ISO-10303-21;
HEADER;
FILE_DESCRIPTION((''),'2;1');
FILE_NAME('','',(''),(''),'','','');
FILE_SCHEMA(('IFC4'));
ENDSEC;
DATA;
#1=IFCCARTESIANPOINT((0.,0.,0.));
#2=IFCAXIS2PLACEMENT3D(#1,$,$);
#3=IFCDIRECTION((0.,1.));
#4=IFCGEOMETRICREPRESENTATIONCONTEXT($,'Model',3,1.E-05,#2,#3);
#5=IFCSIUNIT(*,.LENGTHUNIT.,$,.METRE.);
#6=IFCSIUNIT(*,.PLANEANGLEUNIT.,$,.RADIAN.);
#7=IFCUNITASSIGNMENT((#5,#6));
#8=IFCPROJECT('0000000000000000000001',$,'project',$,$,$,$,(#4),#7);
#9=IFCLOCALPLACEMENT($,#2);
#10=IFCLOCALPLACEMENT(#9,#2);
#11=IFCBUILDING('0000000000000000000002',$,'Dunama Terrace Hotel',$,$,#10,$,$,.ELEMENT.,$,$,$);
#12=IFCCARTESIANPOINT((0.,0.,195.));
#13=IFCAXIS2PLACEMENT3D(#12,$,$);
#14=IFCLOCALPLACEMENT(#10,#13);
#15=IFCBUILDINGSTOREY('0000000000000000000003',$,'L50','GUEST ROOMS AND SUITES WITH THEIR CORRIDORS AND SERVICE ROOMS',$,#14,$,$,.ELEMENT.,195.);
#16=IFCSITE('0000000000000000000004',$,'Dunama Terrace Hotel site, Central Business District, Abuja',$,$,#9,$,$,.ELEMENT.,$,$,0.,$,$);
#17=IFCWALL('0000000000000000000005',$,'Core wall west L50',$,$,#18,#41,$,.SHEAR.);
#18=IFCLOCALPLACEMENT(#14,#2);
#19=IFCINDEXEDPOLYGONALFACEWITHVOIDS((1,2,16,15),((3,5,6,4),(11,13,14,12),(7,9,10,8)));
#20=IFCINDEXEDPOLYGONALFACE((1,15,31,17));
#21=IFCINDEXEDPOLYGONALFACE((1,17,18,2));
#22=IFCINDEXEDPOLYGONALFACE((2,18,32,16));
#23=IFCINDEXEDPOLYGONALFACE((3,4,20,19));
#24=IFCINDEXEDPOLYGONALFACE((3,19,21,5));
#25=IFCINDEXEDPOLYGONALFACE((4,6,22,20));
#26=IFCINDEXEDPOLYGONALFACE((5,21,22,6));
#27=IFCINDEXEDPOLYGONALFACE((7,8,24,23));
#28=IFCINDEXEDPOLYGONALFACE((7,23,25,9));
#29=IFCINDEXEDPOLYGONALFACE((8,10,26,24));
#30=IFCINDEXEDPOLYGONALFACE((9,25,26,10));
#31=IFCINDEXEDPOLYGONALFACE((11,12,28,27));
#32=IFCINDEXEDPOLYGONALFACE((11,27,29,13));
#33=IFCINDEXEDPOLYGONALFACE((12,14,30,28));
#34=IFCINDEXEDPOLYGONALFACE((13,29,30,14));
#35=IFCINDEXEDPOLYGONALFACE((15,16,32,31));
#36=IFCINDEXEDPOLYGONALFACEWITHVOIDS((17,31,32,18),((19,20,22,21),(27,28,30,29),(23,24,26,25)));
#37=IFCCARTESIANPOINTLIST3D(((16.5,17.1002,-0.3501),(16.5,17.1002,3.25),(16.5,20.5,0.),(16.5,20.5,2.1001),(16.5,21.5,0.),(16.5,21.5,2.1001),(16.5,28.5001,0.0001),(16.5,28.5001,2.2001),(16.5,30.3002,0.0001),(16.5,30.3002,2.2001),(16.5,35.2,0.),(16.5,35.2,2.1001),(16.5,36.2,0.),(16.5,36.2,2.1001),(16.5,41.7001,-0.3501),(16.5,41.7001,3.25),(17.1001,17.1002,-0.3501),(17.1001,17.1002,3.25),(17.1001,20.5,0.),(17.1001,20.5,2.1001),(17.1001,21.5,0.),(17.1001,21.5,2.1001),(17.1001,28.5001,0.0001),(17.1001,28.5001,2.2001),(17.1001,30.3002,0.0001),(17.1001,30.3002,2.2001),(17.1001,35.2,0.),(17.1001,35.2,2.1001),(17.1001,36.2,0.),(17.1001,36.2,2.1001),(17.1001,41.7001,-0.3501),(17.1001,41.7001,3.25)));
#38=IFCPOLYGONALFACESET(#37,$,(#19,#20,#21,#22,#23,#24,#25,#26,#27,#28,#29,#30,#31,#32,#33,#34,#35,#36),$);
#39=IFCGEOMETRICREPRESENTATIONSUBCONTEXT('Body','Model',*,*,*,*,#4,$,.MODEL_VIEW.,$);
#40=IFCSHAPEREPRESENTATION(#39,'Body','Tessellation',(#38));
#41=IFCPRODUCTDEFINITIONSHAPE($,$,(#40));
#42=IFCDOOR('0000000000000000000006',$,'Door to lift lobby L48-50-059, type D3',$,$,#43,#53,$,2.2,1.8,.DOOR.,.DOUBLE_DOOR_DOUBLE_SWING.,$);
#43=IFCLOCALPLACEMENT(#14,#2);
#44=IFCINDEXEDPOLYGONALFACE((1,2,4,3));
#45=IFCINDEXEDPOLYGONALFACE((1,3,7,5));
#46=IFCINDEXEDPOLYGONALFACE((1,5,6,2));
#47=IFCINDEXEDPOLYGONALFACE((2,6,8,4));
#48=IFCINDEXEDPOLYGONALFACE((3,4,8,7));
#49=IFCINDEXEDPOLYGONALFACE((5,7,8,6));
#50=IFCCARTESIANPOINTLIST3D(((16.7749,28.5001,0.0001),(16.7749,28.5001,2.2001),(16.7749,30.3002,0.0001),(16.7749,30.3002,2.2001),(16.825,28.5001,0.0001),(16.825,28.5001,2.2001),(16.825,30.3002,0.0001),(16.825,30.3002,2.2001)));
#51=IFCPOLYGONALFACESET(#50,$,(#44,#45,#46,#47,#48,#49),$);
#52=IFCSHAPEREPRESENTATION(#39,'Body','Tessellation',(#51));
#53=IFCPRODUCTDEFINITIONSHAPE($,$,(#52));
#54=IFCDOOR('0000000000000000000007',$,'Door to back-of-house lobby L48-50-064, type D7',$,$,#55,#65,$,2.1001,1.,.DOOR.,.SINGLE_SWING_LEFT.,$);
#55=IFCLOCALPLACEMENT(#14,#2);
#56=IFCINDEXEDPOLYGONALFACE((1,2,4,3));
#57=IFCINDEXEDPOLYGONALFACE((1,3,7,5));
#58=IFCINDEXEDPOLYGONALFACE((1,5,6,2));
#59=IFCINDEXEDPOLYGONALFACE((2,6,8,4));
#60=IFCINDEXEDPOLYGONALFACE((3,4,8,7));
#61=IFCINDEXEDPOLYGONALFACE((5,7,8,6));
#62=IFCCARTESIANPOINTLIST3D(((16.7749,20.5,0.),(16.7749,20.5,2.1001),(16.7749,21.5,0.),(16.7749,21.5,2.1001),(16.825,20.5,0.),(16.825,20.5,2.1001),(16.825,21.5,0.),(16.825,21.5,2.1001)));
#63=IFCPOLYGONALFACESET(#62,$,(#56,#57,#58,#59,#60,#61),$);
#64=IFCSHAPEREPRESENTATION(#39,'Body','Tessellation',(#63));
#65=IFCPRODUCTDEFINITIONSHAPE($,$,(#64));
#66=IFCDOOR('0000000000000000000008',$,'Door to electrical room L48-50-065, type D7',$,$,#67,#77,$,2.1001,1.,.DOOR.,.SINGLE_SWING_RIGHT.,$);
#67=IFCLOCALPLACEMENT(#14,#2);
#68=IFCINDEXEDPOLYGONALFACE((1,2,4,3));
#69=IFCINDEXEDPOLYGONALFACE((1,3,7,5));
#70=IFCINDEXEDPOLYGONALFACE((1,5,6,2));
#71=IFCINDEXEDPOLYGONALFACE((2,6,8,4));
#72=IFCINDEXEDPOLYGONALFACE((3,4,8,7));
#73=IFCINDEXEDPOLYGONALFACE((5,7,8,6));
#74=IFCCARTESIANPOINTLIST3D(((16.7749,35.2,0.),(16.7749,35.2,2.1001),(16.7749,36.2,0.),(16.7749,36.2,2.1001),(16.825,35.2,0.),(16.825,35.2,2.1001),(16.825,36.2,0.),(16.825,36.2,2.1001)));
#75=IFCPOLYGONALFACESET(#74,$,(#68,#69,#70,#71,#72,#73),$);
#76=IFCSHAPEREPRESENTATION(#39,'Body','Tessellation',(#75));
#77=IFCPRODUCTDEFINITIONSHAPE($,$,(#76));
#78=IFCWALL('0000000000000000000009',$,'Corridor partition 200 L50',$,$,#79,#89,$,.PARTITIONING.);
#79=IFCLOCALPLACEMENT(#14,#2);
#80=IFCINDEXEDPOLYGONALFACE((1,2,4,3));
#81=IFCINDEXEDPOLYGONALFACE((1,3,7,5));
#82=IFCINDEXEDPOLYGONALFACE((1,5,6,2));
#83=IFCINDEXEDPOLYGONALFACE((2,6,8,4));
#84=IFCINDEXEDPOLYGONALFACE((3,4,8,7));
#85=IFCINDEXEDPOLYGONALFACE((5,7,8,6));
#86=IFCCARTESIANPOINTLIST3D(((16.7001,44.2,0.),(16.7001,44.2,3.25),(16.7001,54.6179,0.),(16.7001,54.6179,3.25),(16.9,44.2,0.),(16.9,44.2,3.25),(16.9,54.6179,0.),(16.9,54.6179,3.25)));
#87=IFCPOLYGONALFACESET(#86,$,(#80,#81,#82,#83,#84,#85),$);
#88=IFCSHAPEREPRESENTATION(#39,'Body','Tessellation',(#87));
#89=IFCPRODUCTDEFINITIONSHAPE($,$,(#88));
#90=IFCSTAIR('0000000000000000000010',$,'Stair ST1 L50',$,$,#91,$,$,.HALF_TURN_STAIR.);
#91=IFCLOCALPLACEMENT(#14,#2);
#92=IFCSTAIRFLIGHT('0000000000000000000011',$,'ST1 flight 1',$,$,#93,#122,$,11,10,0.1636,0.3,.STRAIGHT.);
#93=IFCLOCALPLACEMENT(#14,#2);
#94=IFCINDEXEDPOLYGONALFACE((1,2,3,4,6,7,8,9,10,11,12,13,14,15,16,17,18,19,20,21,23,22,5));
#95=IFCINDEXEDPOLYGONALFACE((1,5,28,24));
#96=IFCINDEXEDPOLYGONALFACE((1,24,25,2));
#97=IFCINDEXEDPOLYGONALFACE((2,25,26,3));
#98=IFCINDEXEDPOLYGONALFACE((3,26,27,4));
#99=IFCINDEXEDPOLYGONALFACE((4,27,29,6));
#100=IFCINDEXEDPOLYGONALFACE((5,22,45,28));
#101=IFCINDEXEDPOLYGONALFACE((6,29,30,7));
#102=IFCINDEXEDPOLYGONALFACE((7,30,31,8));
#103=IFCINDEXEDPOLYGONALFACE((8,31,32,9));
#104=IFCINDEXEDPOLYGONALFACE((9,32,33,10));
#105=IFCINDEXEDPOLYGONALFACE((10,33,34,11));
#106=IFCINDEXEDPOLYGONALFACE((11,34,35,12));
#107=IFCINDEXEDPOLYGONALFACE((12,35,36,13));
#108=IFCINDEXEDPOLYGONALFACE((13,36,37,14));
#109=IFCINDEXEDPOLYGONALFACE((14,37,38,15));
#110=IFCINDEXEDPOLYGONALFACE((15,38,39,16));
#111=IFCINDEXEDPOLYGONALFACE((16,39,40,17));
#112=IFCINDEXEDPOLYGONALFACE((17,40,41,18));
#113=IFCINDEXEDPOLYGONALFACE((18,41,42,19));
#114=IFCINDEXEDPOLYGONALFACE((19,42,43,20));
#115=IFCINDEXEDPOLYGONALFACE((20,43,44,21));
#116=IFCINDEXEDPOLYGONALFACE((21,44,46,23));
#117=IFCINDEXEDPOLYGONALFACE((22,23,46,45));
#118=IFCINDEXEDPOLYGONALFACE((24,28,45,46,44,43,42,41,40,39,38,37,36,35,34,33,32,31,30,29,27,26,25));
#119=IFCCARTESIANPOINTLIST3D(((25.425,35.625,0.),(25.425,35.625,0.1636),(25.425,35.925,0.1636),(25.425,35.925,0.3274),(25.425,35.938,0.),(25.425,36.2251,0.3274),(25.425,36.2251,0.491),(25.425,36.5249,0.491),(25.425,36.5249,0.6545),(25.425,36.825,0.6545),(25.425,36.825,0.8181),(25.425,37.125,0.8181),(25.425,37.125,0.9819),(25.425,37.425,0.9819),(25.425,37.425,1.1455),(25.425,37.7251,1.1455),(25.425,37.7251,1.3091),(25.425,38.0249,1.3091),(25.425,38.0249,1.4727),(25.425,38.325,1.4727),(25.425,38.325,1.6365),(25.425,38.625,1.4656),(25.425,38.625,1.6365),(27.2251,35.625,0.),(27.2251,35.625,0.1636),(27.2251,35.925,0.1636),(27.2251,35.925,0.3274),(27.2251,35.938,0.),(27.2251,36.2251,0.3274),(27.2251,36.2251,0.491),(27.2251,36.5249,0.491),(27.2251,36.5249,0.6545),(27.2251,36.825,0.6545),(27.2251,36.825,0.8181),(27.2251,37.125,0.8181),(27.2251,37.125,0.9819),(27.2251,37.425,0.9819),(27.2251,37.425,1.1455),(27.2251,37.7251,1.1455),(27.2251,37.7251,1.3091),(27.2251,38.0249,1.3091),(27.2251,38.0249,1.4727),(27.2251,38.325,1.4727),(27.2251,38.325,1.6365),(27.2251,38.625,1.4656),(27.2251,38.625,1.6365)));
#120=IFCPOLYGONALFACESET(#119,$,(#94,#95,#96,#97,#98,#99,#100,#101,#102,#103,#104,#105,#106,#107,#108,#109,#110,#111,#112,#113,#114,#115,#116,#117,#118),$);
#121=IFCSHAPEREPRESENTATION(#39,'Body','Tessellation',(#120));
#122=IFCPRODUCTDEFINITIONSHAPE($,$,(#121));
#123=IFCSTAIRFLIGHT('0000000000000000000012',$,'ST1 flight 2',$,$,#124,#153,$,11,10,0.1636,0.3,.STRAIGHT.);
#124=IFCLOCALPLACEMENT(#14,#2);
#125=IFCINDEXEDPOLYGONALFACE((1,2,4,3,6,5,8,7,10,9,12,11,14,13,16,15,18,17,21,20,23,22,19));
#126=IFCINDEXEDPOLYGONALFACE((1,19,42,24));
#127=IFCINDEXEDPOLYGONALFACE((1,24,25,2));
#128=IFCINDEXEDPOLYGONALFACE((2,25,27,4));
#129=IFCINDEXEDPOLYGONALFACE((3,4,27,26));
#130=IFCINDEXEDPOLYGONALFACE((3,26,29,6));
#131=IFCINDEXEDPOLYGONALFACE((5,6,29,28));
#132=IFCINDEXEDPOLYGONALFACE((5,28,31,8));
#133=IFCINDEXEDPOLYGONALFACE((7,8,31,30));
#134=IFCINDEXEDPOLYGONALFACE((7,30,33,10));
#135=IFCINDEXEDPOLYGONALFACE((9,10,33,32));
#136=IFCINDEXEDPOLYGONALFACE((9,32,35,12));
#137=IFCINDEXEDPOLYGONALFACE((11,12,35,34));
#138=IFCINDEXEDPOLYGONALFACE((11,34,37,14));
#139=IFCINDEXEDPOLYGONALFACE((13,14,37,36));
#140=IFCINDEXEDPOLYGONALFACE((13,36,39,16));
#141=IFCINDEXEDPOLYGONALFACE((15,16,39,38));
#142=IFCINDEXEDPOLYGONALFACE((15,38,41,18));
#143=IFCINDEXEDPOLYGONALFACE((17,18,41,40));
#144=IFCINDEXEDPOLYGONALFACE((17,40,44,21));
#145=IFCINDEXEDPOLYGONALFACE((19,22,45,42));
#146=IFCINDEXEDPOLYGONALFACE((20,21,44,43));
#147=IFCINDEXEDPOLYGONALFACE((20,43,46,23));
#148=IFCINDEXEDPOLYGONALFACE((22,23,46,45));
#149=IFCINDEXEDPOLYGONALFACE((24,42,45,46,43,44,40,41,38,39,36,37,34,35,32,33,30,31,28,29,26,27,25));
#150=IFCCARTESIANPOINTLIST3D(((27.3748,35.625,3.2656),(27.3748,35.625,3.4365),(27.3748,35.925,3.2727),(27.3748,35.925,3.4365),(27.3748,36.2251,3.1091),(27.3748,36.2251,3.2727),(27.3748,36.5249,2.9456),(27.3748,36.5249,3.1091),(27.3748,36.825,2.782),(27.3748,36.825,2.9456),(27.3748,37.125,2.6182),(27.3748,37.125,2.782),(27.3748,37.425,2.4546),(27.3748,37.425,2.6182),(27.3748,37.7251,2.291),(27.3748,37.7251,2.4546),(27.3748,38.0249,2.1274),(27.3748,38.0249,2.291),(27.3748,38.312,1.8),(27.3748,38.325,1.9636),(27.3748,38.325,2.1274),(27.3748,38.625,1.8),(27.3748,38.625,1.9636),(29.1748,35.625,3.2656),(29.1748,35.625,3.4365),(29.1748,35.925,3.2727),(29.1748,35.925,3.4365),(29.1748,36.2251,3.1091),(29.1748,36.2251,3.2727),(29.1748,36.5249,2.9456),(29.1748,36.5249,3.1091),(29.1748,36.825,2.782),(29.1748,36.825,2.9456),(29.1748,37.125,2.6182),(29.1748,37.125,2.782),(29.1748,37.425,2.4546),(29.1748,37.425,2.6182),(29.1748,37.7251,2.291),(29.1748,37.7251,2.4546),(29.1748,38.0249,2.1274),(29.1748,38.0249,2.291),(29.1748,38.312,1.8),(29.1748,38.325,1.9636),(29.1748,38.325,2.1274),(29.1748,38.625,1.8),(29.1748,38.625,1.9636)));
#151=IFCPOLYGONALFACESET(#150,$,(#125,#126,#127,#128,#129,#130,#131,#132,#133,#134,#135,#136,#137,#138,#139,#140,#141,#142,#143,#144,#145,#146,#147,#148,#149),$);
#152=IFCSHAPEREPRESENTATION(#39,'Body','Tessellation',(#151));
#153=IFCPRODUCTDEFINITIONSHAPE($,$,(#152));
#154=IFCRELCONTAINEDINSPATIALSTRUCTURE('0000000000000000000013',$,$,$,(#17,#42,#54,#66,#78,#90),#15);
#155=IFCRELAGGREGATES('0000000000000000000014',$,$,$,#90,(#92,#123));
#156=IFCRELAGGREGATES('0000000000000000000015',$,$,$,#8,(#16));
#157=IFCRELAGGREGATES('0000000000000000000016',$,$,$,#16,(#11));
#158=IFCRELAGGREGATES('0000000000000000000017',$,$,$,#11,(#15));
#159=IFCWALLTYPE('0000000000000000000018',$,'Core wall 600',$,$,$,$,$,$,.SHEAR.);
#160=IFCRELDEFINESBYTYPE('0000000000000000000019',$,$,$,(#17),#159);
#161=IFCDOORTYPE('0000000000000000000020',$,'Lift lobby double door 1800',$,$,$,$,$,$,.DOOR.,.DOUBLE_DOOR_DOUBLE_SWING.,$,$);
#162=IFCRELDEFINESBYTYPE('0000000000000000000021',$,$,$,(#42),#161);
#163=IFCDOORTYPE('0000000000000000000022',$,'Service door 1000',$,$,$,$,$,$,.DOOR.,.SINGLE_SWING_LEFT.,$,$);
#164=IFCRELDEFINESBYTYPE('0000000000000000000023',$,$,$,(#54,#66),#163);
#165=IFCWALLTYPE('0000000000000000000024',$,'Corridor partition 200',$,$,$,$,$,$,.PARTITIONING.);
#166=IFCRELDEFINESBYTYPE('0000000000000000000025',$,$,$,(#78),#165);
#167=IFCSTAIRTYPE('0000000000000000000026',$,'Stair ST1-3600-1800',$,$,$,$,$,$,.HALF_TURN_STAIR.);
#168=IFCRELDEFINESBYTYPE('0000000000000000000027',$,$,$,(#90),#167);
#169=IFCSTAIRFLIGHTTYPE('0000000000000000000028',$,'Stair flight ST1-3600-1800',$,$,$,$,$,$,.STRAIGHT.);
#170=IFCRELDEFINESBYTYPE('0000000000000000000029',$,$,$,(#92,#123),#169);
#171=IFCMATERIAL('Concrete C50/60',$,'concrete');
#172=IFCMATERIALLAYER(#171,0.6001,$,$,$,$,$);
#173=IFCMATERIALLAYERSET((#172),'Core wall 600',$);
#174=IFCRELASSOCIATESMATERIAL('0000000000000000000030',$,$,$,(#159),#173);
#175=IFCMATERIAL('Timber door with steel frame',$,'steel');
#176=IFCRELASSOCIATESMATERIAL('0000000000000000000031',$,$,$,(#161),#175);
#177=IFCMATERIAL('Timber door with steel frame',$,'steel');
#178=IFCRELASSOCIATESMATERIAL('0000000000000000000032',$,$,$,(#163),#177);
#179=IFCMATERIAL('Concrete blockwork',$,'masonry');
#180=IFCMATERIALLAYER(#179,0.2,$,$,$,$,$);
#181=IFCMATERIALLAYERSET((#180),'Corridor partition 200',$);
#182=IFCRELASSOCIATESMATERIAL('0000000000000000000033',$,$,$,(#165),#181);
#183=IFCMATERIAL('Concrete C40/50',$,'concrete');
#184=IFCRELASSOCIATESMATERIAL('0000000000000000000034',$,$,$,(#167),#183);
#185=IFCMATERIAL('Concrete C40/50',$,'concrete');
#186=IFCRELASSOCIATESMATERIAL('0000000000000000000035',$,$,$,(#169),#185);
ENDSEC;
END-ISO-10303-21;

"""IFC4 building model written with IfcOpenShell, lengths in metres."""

from ifc_helpers import new_model, si_unit, direction, frame, frame_2d, origin, place, context, subcontext, project, spatial, polyline, rectangle, outline, extrude, material, layer, layer_set, type_object, element, fill, aggregate, save


model = new_model("IFC4")

# Units and contexts
model_context = context("Model", 3, precision=1e-05, world=origin(), true_north=direction((0.0, 1.0)))
body_context = subcontext(model_context, "Body", "Model", "MODEL_VIEW")
ifc_project = project(units=[si_unit("LENGTHUNIT", "METRE"), si_unit("PLANEANGLEUNIT", "RADIAN")], contexts=[model_context])

# Site, building, storey
site_placement = place(None, origin())
site = spatial("IfcSite", under=ifc_project, at=site_placement, Name="Dunama Terrace Hotel site, Central Business District, Abuja", CompositionType="ELEMENT", RefElevation=0.0)
building_placement = place(site_placement, origin())
building = spatial("IfcBuilding", under=site, at=building_placement, Name="Dunama Terrace Hotel", CompositionType="ELEMENT")
storey_placement = place(building_placement, frame((0.0, 0.0, 195.0)))
storey = spatial("IfcBuildingStorey", under=building, at=storey_placement, Name="L50", Description="GUEST ROOMS AND SUITES WITH THEIR CORRIDORS AND SERVICE ROOMS", CompositionType="ELEMENT", Elevation=195.0)

# Wall, openings, doors
ifc_material_1 = material(Name="Concrete C50/60", Category="concrete")
ifc_layer_1 = layer(ifc_material_1, 0.6001)
ifc_layer_set_1 = layer_set([ifc_layer_1], Name="Core wall 600")
wall_type_1 = type_object("IfcWallType", Name="Core wall 600", PredefinedType="SHEAR", material=ifc_layer_set_1)
wall_1_placement = place(storey_placement, frame((16.8, 41.7, -0.3501), z_axis=(0.0, 0.0, 1.0), x_axis=(0.0, -1.0, 0.0)))
wall_1 = element("IfcWall", 1, at=wall_1_placement, inside=storey, type_object=wall_type_1, Name="Core wall west L50", PredefinedType="SHEAR", context=body_context, shape_type="SweptSolid", body=[
    extrude(rectangle(XDim=24.5999, YDim=0.6001, at=frame_2d((12.2998, 0.0))), origin(), (0.0, 0.0, 1.0), 3.6001),
])
opening_1_placement = place(wall_1_placement, frame((11.3999, 0.0, 0.3501)))
opening_1 = element("IfcOpeningElement", 2, at=opening_1_placement, cuts=wall_1, PredefinedType="OPENING", context=body_context, shape_type="SweptSolid", body=[
    extrude(rectangle(XDim=1.8, YDim=2.2, at=frame_2d((0.8999, 1.1001))), frame((0.0, 0.3101, 0.0), z_axis=(0.0, -1.0, 0.0), x_axis=(1.0, 0.0, 0.0)), (0.0, 0.0, 1.0), 0.6201),
])
opening_2_placement = place(wall_1_placement, frame((20.2, 0.0, 0.3501)))
opening_2 = element("IfcOpeningElement", 3, at=opening_2_placement, cuts=wall_1, PredefinedType="OPENING", context=body_context, shape_type="SweptSolid", body=[
    extrude(rectangle(XDim=1.0, YDim=2.1001, at=frame_2d((0.5, 1.05))), frame((0.0, 0.3101, 0.0), z_axis=(0.0, -1.0, 0.0), x_axis=(1.0, 0.0, 0.0)), (0.0, 0.0, 1.0), 0.6201),
])
opening_3_placement = place(wall_1_placement, frame((5.5, 0.0, 0.3501)))
opening_3 = element("IfcOpeningElement", 4, at=opening_3_placement, cuts=wall_1, PredefinedType="OPENING", context=body_context, shape_type="SweptSolid", body=[
    extrude(rectangle(XDim=1.0, YDim=2.1001, at=frame_2d((0.5, 1.05))), frame((0.0, 0.3101, 0.0), z_axis=(0.0, -1.0, 0.0), x_axis=(1.0, 0.0, 0.0)), (0.0, 0.0, 1.0), 0.6201),
])
ifc_material_2 = material(Name="Timber door with steel frame", Category="steel")
door_type_1 = type_object("IfcDoorType", Name="Lift lobby double door 1800", OperationType="DOUBLE_DOOR_DOUBLE_SWING", PredefinedType="DOOR", material=ifc_material_2)
door_1_placement = place(opening_1_placement, origin())
door_1 = element("IfcDoor", 5, at=door_1_placement, inside=storey, type_object=door_type_1, Name="Door to lift lobby L48-50-059, type D3", OperationType="DOUBLE_DOOR_DOUBLE_SWING", OverallHeight=2.2, OverallWidth=1.8, PredefinedType="DOOR", context=body_context, shape_type="SweptSolid", body=[
    extrude(rectangle(XDim=1.8, YDim=2.2, at=frame_2d((0.8999, 1.1001))), frame((0.0, 0.0249, 0.0), z_axis=(0.0, -1.0, 0.0), x_axis=(1.0, 0.0, 0.0)), (0.0, 0.0, 1.0), 0.05),
])
fill(opening_1, door_1)
ifc_material_3 = material(Name="Timber door with steel frame", Category="steel")
door_type_2 = type_object("IfcDoorType", Name="Service door 1000", OperationType="SINGLE_SWING_LEFT", PredefinedType="DOOR", material=ifc_material_3)
door_2_placement = place(opening_2_placement, origin())
door_2 = element("IfcDoor", 6, at=door_2_placement, inside=storey, type_object=door_type_2, Name="Door to back-of-house lobby L48-50-064, type D7", OperationType="SINGLE_SWING_LEFT", OverallHeight=2.1001, OverallWidth=1.0, PredefinedType="DOOR", context=body_context, shape_type="SweptSolid", body=[
    extrude(rectangle(XDim=1.0, YDim=2.1001, at=frame_2d((0.5, 1.05))), frame((0.0, 0.0249, 0.0), z_axis=(0.0, -1.0, 0.0), x_axis=(1.0, 0.0, 0.0)), (0.0, 0.0, 1.0), 0.05),
])
fill(opening_2, door_2)
door_3_placement = place(opening_3_placement, origin())
door_3 = element("IfcDoor", 7, at=door_3_placement, inside=storey, type_object=door_type_2, Name="Door to electrical room L48-50-065, type D7", OperationType="SINGLE_SWING_RIGHT", OverallHeight=2.1001, OverallWidth=1.0, PredefinedType="DOOR", context=body_context, shape_type="SweptSolid", body=[
    extrude(rectangle(XDim=1.0, YDim=2.1001, at=frame_2d((0.5, 1.05))), frame((0.0, 0.0249, 0.0), z_axis=(0.0, -1.0, 0.0), x_axis=(1.0, 0.0, 0.0)), (0.0, 0.0, 1.0), 0.05),
])
fill(opening_3, door_3)

# Wall
ifc_material_4 = material(Name="Concrete blockwork", Category="masonry")
ifc_layer_2 = layer(ifc_material_4, 0.2)
ifc_layer_set_2 = layer_set([ifc_layer_2], Name="Corridor partition 200")
wall_type_2 = type_object("IfcWallType", Name="Corridor partition 200", PredefinedType="PARTITIONING", material=ifc_layer_set_2)
wall_2_placement = place(storey_placement, frame((16.8, 44.2, 0.0), z_axis=(0.0, 0.0, 1.0), x_axis=(0.0, 1.0, 0.0)))
element("IfcWall", 8, at=wall_2_placement, inside=storey, type_object=wall_type_2, Name="Corridor partition 200 L50", PredefinedType="PARTITIONING", context=body_context, shape_type="SweptSolid", body=[
    extrude(rectangle(XDim=10.418, YDim=0.2, at=frame_2d((5.209, 0.0))), origin(), (0.0, 0.0, 1.0), 3.25),
])

# Stair, stair flights
ifc_material_5 = material(Name="Concrete C40/50", Category="concrete")
stair_type = type_object("IfcStairType", Name="Stair ST1-3600-1800", PredefinedType="HALF_TURN_STAIR", material=ifc_material_5)
stair_placement = place(storey_placement, origin())
stair = element("IfcStair", 9, at=stair_placement, inside=storey, type_object=stair_type, Name="Stair ST1 L50", PredefinedType="HALF_TURN_STAIR")
ifc_material_6 = material(Name="Concrete C40/50", Category="concrete")
stair_flight_type = type_object("IfcStairFlightType", Name="Stair flight ST1-3600-1800", PredefinedType="STRAIGHT", material=ifc_material_6)
stair_flight_1_placement = place(storey_placement, frame((26.325, 35.625, 0.0), z_axis=(0.0, 0.0, 1.0), x_axis=(0.0, 1.0, 0.0)))
stair_flight_1 = element("IfcStairFlight", 10, at=stair_flight_1_placement, type_object=stair_flight_type, Name="ST1 flight 1", NumberOfRisers=11, NumberOfTreads=10, PredefinedType="STRAIGHT", RiserHeight=0.1636, TreadLength=0.3, context=body_context, shape_type="SweptSolid", body=[
    extrude(outline(polyline([(0.0, 0.0), (0.0, 0.1636), (0.3, 0.1636), (0.3, 0.3274), (0.6001, 0.3274), (0.6001, 0.491), (0.8999, 0.491), (0.8999, 0.6545), (1.2, 0.6545), (1.2, 0.8181), (1.5, 0.8181), (1.5, 0.9819), (1.8, 0.9819), (1.8, 1.1455), (2.1001, 1.1455), (2.1001, 1.3091), (2.3999, 1.3091), (2.3999, 1.4727), (2.7, 1.4727), (2.7, 1.6365), (3.0, 1.6365), (3.0, 1.8), (3.0, 1.4656), (0.313, 0.0), (0.0, 0.0)])), frame((0.0, 0.8999, 0.0), z_axis=(0.0, -1.0, 0.0), x_axis=(1.0, 0.0, 0.0)), (0.0, 0.0, 1.0), 1.8),
])
stair_flight_2_placement = place(storey_placement, frame((28.2749, 38.625, 1.8), z_axis=(0.0, 0.0, 1.0), x_axis=(0.0, -1.0, 0.0)))
stair_flight_2 = element("IfcStairFlight", 11, at=stair_flight_2_placement, type_object=stair_flight_type, Name="ST1 flight 2", NumberOfRisers=11, NumberOfTreads=10, PredefinedType="STRAIGHT", RiserHeight=0.1636, TreadLength=0.3, context=body_context, shape_type="SweptSolid", body=[
    extrude(outline(polyline([(0.0, 0.0), (0.0, 0.1636), (0.3, 0.1636), (0.3, 0.3274), (0.6001, 0.3274), (0.6001, 0.491), (0.8999, 0.491), (0.8999, 0.6545), (1.2, 0.6545), (1.2, 0.8181), (1.5, 0.8181), (1.5, 0.9819), (1.8, 0.9819), (1.8, 1.1455), (2.1001, 1.1455), (2.1001, 1.3091), (2.3999, 1.3091), (2.3999, 1.4727), (2.7, 1.4727), (2.7, 1.6365), (3.0, 1.6365), (3.0, 1.8), (3.0, 1.4656), (0.313, 0.0), (0.0, 0.0)])), frame((0.0, 0.8999, 0.0), z_axis=(0.0, -1.0, 0.0), x_axis=(1.0, 0.0, 0.0)), (0.0, 0.0, 1.0), 1.8),
])
aggregate(stair, [stair_flight_1, stair_flight_2])

save(model, "model.ifc")
